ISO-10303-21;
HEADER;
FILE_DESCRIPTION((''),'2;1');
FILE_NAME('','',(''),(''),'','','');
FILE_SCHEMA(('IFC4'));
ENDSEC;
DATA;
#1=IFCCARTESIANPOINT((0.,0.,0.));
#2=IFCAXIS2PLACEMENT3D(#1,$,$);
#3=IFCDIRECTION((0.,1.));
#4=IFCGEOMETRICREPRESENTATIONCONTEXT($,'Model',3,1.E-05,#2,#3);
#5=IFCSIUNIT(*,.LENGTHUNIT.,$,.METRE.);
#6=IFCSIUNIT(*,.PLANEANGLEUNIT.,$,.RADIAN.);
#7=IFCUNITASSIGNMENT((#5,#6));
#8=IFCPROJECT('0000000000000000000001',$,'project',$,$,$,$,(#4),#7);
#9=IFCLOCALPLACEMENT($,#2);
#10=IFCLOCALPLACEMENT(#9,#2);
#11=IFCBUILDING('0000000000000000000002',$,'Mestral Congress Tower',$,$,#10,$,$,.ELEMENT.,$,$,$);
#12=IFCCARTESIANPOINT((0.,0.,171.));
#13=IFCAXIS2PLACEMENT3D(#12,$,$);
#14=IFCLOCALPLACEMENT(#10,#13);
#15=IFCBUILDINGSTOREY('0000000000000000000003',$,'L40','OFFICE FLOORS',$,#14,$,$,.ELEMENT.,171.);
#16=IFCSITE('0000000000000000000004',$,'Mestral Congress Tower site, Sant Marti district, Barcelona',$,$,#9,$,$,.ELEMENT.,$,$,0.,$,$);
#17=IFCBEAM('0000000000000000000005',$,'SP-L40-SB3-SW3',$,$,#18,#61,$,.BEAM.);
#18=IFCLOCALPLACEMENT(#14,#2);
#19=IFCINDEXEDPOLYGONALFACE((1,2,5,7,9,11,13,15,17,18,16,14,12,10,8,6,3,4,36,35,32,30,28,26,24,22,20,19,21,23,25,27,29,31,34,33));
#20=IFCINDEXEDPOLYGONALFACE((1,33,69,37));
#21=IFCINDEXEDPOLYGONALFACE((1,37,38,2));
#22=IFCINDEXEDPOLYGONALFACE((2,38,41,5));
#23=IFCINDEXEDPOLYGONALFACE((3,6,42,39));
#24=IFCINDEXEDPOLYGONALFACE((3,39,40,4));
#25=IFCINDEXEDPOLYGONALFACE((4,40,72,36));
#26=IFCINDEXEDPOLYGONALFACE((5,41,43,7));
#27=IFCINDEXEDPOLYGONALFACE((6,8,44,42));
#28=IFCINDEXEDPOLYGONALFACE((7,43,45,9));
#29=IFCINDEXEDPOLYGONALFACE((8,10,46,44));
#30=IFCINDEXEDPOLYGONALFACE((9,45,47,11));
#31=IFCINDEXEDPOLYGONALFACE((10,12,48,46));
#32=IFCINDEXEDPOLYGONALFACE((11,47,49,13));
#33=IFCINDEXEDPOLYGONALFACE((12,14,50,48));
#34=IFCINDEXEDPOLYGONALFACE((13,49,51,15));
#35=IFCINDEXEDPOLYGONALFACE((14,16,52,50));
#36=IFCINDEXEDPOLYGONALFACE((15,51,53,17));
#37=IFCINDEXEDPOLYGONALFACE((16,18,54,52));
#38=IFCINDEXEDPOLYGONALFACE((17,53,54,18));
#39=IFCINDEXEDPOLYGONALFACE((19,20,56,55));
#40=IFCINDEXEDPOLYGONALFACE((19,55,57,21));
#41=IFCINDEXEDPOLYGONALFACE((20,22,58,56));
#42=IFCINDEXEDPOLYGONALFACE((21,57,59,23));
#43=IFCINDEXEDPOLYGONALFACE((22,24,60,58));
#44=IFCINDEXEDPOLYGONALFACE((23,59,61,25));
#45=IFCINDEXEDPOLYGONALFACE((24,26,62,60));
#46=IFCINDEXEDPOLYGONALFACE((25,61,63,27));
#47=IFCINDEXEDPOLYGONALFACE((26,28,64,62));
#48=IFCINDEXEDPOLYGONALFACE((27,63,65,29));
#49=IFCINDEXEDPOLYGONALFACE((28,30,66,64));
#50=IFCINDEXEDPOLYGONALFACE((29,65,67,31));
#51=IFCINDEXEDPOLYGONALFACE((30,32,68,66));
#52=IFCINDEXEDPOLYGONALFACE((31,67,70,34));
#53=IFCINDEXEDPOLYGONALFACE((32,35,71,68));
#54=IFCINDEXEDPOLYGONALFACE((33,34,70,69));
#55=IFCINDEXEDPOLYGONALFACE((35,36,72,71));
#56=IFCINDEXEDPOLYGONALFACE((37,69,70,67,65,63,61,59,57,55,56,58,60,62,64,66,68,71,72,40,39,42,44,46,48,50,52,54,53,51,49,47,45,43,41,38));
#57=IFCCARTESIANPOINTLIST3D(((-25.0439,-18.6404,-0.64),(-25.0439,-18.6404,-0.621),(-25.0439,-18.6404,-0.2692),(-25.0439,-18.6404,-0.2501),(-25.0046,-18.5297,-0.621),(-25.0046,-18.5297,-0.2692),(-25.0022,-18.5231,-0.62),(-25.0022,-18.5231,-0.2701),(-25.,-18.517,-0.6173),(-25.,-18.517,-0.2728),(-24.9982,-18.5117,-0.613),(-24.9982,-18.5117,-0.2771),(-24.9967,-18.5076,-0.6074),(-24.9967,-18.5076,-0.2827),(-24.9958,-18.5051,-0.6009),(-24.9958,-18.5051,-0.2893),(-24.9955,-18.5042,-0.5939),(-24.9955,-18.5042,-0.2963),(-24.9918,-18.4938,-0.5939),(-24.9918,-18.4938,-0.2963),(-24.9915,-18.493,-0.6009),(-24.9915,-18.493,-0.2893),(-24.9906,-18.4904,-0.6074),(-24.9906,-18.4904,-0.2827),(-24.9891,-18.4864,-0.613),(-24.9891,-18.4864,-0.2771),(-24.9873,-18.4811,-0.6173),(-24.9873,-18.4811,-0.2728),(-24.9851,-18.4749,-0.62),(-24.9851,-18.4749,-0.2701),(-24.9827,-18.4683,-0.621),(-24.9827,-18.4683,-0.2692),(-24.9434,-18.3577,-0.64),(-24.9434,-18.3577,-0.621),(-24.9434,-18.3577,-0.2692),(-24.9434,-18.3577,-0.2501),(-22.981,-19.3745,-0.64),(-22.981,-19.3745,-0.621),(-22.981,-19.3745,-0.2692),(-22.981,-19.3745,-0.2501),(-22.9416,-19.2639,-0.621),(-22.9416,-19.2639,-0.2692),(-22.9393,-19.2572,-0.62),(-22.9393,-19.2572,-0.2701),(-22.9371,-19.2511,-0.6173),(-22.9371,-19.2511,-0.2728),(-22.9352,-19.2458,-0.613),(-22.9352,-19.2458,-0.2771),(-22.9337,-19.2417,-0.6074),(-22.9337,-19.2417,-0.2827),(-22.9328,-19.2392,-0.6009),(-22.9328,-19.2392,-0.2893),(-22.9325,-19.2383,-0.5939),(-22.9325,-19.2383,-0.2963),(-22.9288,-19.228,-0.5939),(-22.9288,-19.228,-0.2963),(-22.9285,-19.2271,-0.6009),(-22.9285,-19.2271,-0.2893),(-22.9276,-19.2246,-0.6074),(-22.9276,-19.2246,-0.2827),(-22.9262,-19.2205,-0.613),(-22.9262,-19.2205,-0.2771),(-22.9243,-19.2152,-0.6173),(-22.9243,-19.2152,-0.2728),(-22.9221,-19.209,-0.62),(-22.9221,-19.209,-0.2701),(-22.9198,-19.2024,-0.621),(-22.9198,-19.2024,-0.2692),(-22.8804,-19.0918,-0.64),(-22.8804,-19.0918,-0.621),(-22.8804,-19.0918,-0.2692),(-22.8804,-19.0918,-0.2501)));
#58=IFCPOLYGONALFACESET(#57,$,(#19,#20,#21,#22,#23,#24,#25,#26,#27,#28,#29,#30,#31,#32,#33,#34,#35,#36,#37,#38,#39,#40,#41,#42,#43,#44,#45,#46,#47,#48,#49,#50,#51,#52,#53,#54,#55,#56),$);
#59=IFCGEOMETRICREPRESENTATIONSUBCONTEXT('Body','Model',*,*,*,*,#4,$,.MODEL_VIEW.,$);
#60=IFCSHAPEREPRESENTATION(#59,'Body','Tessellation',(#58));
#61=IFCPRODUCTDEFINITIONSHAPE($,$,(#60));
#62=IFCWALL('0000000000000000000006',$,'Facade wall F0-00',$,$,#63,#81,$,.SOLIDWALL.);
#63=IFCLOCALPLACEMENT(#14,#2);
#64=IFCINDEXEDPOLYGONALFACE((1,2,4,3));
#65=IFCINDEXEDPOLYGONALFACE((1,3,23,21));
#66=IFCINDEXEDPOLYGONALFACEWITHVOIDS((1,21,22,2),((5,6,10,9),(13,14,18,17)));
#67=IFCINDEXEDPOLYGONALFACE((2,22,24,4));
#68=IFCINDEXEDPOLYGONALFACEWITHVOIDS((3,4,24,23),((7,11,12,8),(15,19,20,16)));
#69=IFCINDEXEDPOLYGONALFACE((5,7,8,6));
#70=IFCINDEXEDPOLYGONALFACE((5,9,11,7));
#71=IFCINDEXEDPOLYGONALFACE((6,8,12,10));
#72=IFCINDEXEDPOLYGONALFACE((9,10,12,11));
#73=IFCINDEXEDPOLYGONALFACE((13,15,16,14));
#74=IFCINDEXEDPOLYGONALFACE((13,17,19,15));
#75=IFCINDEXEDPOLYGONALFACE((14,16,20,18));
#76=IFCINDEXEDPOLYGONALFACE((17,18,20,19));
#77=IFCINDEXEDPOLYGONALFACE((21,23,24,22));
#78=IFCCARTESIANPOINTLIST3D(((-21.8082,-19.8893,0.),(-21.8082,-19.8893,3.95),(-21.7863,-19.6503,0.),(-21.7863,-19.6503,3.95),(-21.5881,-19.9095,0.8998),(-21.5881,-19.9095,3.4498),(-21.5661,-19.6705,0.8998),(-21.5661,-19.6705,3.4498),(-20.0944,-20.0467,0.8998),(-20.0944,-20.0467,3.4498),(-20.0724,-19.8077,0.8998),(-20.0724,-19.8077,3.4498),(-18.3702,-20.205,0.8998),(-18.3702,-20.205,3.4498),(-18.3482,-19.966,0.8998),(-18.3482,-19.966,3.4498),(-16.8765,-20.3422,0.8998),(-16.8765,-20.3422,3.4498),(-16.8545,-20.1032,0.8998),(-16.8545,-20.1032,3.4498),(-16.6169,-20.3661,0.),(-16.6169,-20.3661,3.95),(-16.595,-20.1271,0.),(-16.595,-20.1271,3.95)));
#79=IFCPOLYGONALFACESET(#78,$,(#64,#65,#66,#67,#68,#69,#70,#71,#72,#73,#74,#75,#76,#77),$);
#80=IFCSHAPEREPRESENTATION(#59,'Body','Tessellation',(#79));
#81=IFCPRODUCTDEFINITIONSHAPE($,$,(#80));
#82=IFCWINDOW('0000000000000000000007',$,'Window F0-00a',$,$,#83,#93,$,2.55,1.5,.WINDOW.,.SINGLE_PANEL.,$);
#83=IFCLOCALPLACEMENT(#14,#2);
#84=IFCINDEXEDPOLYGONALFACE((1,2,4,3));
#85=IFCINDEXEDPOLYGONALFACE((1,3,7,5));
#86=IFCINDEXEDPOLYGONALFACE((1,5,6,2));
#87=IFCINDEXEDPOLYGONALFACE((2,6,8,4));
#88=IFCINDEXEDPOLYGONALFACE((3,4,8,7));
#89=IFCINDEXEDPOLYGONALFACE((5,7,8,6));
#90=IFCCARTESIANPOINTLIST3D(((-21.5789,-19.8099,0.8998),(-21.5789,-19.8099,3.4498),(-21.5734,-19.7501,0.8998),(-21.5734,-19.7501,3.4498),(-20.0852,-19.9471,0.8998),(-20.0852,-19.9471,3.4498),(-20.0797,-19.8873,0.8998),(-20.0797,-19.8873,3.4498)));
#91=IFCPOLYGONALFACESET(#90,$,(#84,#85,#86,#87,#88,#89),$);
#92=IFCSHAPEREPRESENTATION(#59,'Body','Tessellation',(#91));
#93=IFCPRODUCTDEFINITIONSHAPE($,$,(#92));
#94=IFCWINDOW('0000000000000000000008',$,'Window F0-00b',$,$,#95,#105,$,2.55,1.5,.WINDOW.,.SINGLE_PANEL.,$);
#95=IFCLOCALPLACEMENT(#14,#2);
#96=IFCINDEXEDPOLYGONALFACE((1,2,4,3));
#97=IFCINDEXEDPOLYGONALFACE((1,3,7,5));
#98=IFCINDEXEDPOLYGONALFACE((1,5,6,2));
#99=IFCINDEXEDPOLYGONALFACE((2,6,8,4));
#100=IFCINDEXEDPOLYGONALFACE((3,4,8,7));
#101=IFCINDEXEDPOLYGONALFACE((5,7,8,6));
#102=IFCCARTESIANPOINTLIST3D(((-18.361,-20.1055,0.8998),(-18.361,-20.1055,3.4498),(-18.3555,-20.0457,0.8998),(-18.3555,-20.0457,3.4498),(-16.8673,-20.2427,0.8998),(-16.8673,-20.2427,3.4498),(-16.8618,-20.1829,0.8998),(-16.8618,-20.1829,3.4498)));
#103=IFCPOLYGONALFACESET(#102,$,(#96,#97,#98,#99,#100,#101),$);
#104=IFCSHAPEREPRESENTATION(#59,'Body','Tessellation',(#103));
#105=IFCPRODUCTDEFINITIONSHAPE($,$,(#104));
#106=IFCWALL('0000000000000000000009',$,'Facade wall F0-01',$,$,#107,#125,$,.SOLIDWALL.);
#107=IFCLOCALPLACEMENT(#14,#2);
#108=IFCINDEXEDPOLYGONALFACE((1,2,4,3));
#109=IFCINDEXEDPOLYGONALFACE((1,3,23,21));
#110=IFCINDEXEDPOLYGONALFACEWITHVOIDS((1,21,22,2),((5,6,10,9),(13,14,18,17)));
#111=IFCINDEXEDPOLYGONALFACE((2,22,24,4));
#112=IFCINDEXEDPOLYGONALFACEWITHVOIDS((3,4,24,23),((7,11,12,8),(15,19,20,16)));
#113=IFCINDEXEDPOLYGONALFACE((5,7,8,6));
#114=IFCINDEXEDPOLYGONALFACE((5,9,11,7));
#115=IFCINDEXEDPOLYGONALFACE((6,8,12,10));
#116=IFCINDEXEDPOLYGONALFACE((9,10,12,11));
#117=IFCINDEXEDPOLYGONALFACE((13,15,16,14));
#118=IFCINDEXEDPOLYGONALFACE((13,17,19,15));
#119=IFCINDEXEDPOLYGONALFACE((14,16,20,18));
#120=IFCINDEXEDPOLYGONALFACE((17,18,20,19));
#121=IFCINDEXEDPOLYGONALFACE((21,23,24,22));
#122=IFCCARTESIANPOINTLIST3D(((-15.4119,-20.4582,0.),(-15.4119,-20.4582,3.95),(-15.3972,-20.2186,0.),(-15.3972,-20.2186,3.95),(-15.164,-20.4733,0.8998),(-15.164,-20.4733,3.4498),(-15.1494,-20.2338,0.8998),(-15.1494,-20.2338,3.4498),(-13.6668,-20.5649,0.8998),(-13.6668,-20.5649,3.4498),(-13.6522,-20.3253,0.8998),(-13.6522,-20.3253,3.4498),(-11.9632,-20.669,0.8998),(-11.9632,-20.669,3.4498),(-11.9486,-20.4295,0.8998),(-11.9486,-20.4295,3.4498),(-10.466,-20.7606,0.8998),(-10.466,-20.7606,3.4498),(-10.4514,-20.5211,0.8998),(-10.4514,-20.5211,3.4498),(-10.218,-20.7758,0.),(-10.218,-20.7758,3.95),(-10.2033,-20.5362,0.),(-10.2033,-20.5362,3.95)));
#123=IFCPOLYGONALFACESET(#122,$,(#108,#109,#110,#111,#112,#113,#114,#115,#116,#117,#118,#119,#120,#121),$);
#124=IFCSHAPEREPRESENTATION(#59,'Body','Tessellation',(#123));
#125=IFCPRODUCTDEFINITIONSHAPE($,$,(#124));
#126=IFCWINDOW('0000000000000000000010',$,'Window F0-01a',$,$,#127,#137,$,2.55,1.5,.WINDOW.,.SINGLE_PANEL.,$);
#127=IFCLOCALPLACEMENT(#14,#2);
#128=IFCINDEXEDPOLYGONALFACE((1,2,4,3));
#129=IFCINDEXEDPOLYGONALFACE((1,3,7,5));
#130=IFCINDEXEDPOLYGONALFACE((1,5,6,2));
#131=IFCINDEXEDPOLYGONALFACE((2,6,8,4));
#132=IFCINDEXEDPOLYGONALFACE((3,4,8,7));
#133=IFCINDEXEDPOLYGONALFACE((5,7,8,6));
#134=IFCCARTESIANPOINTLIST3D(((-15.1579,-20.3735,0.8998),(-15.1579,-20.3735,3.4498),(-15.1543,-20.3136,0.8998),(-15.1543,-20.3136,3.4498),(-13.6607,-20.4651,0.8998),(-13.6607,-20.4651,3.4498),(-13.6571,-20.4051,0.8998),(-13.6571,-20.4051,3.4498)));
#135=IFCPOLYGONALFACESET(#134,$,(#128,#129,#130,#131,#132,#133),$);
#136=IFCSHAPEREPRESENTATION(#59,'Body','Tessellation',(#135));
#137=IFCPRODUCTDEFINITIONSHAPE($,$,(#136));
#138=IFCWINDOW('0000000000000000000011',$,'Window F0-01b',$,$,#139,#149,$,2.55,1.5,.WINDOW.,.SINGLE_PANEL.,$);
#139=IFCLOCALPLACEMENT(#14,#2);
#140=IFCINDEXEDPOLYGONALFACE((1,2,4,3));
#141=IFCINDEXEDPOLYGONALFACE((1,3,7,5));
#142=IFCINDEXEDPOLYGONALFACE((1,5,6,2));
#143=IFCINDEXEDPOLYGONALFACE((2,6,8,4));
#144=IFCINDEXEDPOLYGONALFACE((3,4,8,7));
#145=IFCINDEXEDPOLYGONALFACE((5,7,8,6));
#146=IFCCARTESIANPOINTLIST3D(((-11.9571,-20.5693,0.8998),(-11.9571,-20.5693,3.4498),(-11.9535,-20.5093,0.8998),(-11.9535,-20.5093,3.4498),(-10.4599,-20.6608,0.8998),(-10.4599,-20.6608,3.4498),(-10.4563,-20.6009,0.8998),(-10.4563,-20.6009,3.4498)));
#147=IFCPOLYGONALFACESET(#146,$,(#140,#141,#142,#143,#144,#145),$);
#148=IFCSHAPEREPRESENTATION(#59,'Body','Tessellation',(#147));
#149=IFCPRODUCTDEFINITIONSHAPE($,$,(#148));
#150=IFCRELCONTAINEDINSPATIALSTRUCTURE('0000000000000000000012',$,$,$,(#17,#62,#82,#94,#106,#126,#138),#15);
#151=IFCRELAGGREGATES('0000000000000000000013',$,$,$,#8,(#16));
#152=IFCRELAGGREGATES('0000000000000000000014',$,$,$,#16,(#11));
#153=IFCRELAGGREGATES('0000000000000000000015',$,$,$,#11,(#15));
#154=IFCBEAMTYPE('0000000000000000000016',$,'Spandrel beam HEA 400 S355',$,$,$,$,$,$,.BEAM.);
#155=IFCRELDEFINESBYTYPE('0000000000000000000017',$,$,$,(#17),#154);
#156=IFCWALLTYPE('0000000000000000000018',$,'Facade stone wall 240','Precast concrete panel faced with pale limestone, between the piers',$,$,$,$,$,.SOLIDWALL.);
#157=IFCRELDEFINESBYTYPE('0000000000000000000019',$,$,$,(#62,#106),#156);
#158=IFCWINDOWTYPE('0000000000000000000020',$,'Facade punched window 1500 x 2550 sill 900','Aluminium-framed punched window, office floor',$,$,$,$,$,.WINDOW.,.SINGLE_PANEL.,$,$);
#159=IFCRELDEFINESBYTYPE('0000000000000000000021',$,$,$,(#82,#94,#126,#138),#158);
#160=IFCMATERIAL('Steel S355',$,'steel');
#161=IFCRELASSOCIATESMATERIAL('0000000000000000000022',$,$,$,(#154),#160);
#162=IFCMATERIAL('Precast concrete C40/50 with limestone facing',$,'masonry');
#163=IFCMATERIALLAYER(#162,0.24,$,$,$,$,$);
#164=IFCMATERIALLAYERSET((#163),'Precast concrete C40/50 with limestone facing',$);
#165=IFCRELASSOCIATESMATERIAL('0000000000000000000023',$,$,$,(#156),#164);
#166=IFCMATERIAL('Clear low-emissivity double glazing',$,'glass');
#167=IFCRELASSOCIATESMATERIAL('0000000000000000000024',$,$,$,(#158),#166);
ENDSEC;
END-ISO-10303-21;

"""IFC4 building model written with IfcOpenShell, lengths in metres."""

from ifc_helpers import new_model, si_unit, direction, frame, frame_2d, origin, origin_2d, place, context, subcontext, project, spatial, rectangle, i_section, extrude, material, layer, layer_set, material_profile, profile_set, type_object, element, fill, save


model = new_model("IFC4")

# Units and contexts
model_context = context("Model", 3, precision=1e-05, world=origin(), true_north=direction((0.0, 1.0)))
body_context = subcontext(model_context, "Body", "Model", "MODEL_VIEW")
ifc_project = project(units=[si_unit("LENGTHUNIT", "METRE"), si_unit("PLANEANGLEUNIT", "RADIAN")], contexts=[model_context])

# Site, building, storey
site_placement = place(None, origin())
site = spatial("IfcSite", under=ifc_project, at=site_placement, Name="Mestral Congress Tower site, Sant Marti district, Barcelona", CompositionType="ELEMENT", RefElevation=0.0)
building_placement = place(site_placement, origin())
building = spatial("IfcBuilding", under=site, at=building_placement, Name="Mestral Congress Tower", CompositionType="ELEMENT")
storey_placement = place(building_placement, frame((0.0, 0.0, 171.0)))
storey = spatial("IfcBuildingStorey", under=building, at=storey_placement, Name="L40", Description="OFFICE FLOORS", CompositionType="ELEMENT", Elevation=171.0)

# Beam
ifc_material_1 = material(Name="Steel S355", Category="steel")
ifc_material_profile_1 = material_profile(ifc_material_1, i_section(OverallWidth=0.3, OverallDepth=0.3899, WebThickness=0.011, FlangeThickness=0.019, FilletRadius=0.0271, at=origin_2d()), Name="HEA 400")
ifc_profile_set_1 = profile_set([ifc_material_profile_1], Name="Steel S355")
beam_type_1 = type_object("IfcBeamType", Name="Spandrel beam HEA 400 S355", PredefinedType="BEAM", material=ifc_profile_set_1)
beam_1_placement = place(storey_placement, frame((-24.9937, -18.499, -0.4451), z_axis=(0.942125, -0.335263, 0.0), x_axis=(0.335263, 0.942125, 0.0)))
element("IfcBeam", 1, at=beam_1_placement, inside=storey, type_object=beam_type_1, Name="SP-L40-SB3-SW3", PredefinedType="BEAM", context=body_context, shape_type="SweptSolid", body=[
    extrude(i_section(OverallWidth=0.3, OverallDepth=0.3899, WebThickness=0.011, FlangeThickness=0.019, FilletRadius=0.0271, at=origin_2d()), origin(), (0.0, 0.0, 1.0), 2.1897),
])

# Walls, openings, windows
ifc_material_2 = material(Name="Precast concrete C40/50 with limestone facing", Category="masonry")
ifc_layer_1 = layer(ifc_material_2, 0.24)
ifc_layer_set_1 = layer_set([ifc_layer_1], Name="Precast concrete C40/50 with limestone facing")
wall_type_1 = type_object("IfcWallType", Name="Facade stone wall 240", Description="Precast concrete panel faced with pale limestone, between the piers", PredefinedType="SOLIDWALL", material=ifc_layer_set_1)
wall_1_placement = place(storey_placement, frame((-21.7971, -19.7698, 0.0), z_axis=(0.0, 0.0, 1.0), x_axis=(0.995809, -0.09146, 0.0)))
wall_1 = element("IfcWall", 2, at=wall_1_placement, inside=storey, type_object=wall_type_1, Name="Facade wall F0-00", PredefinedType="SOLIDWALL", context=body_context, shape_type="SweptSolid", body=[
    extrude(rectangle(XDim=5.2131, YDim=0.24, at=frame_2d((2.6064, 0.0))), origin(), (0.0, 0.0, 1.0), 3.95),
])
opening_1_placement = place(wall_1_placement, frame((0.2209, 0.0, 0.8999)))
opening_1 = element("IfcOpeningElement", 3, at=opening_1_placement, cuts=wall_1, PredefinedType="OPENING", context=body_context, shape_type="SweptSolid", body=[
    extrude(rectangle(XDim=1.5, YDim=2.55, at=frame_2d((0.75, 1.2749))), frame((0.0, 0.1299, 0.0), z_axis=(0.0, -1.0, 0.0), x_axis=(1.0, 0.0, 0.0)), (0.0, 0.0, 1.0), 0.26),
])
opening_2_placement = place(wall_1_placement, frame((3.4524, 0.0, 0.8999)))
opening_2 = element("IfcOpeningElement", 4, at=opening_2_placement, cuts=wall_1, PredefinedType="OPENING", context=body_context, shape_type="SweptSolid", body=[
    extrude(rectangle(XDim=1.5, YDim=2.55, at=frame_2d((0.75, 1.2749))), frame((0.0, 0.1299, 0.0), z_axis=(0.0, -1.0, 0.0), x_axis=(1.0, 0.0, 0.0)), (0.0, 0.0, 1.0), 0.26),
])
ifc_material_3 = material(Name="Clear low-emissivity double glazing", Category="glass")
window_type_1 = type_object("IfcWindowType", Name="Facade punched window 1500 x 2550 sill 900", Description="Aluminium-framed punched window, office floor", PartitioningType="SINGLE_PANEL", PredefinedType="WINDOW", material=ifc_material_3)
window_1_placement = place(opening_1_placement, origin())
window_1 = element("IfcWindow", 5, at=window_1_placement, inside=storey, type_object=window_type_1, Name="Window F0-00a", OverallHeight=2.55, OverallWidth=1.5, PartitioningType="SINGLE_PANEL", PredefinedType="WINDOW", context=body_context, shape_type="SweptSolid", body=[
    extrude(rectangle(XDim=1.5, YDim=2.55, at=frame_2d((0.75, 1.2749))), frame((0.0, 0.04, 0.0), z_axis=(0.0, -1.0, 0.0), x_axis=(1.0, 0.0, 0.0)), (0.0, 0.0, 1.0), 0.0601),
])
fill(opening_1, window_1)
window_2_placement = place(opening_2_placement, origin())
window_2 = element("IfcWindow", 6, at=window_2_placement, inside=storey, type_object=window_type_1, Name="Window F0-00b", OverallHeight=2.55, OverallWidth=1.5, PartitioningType="SINGLE_PANEL", PredefinedType="WINDOW", context=body_context, shape_type="SweptSolid", body=[
    extrude(rectangle(XDim=1.5, YDim=2.55, at=frame_2d((0.75, 1.2749))), frame((0.0, 0.04, 0.0), z_axis=(0.0, -1.0, 0.0), x_axis=(1.0, 0.0, 0.0)), (0.0, 0.0, 1.0), 0.0601),
])
fill(opening_2, window_2)
wall_2_placement = place(storey_placement, frame((-15.4045, -20.3384, 0.0), z_axis=(0.0, 0.0, 1.0), x_axis=(0.998135, -0.06104, 0.0)))
wall_2 = element("IfcWall", 7, at=wall_2_placement, inside=storey, type_object=wall_type_1, Name="Facade wall F0-01", PredefinedType="SOLIDWALL", context=body_context, shape_type="SweptSolid", body=[
    extrude(rectangle(XDim=5.2036, YDim=0.24, at=frame_2d((2.6018, 0.0))), origin(), (0.0, 0.0, 1.0), 3.95),
])
opening_3_placement = place(wall_2_placement, frame((0.2483, 0.0, 0.8999)))
opening_3 = element("IfcOpeningElement", 8, at=opening_3_placement, cuts=wall_2, PredefinedType="OPENING", context=body_context, shape_type="SweptSolid", body=[
    extrude(rectangle(XDim=1.5, YDim=2.55, at=frame_2d((0.75, 1.2749))), frame((0.0, 0.1299, 0.0), z_axis=(0.0, -1.0, 0.0), x_axis=(1.0, 0.0, 0.0)), (0.0, 0.0, 1.0), 0.26),
])
opening_4_placement = place(wall_2_placement, frame((3.4551, 0.0, 0.8999)))
opening_4 = element("IfcOpeningElement", 9, at=opening_4_placement, cuts=wall_2, PredefinedType="OPENING", context=body_context, shape_type="SweptSolid", body=[
    extrude(rectangle(XDim=1.5, YDim=2.55, at=frame_2d((0.75, 1.2749))), frame((0.0, 0.1299, 0.0), z_axis=(0.0, -1.0, 0.0), x_axis=(1.0, 0.0, 0.0)), (0.0, 0.0, 1.0), 0.26),
])
window_3_placement = place(opening_3_placement, origin())
window_3 = element("IfcWindow", 10, at=window_3_placement, inside=storey, type_object=window_type_1, Name="Window F0-01a", OverallHeight=2.55, OverallWidth=1.5, PartitioningType="SINGLE_PANEL", PredefinedType="WINDOW", context=body_context, shape_type="SweptSolid", body=[
    extrude(rectangle(XDim=1.5, YDim=2.55, at=frame_2d((0.75, 1.2749))), frame((0.0, 0.04, 0.0), z_axis=(0.0, -1.0, 0.0), x_axis=(1.0, 0.0, 0.0)), (0.0, 0.0, 1.0), 0.0601),
])
fill(opening_3, window_3)
window_4_placement = place(opening_4_placement, origin())
window_4 = element("IfcWindow", 11, at=window_4_placement, inside=storey, type_object=window_type_1, Name="Window F0-01b", OverallHeight=2.55, OverallWidth=1.5, PartitioningType="SINGLE_PANEL", PredefinedType="WINDOW", context=body_context, shape_type="SweptSolid", body=[
    extrude(rectangle(XDim=1.5, YDim=2.55, at=frame_2d((0.75, 1.2749))), frame((0.0, 0.04, 0.0), z_axis=(0.0, -1.0, 0.0), x_axis=(1.0, 0.0, 0.0)), (0.0, 0.0, 1.0), 0.0601),
])
fill(opening_4, window_4)

save(model, "model.ifc")
